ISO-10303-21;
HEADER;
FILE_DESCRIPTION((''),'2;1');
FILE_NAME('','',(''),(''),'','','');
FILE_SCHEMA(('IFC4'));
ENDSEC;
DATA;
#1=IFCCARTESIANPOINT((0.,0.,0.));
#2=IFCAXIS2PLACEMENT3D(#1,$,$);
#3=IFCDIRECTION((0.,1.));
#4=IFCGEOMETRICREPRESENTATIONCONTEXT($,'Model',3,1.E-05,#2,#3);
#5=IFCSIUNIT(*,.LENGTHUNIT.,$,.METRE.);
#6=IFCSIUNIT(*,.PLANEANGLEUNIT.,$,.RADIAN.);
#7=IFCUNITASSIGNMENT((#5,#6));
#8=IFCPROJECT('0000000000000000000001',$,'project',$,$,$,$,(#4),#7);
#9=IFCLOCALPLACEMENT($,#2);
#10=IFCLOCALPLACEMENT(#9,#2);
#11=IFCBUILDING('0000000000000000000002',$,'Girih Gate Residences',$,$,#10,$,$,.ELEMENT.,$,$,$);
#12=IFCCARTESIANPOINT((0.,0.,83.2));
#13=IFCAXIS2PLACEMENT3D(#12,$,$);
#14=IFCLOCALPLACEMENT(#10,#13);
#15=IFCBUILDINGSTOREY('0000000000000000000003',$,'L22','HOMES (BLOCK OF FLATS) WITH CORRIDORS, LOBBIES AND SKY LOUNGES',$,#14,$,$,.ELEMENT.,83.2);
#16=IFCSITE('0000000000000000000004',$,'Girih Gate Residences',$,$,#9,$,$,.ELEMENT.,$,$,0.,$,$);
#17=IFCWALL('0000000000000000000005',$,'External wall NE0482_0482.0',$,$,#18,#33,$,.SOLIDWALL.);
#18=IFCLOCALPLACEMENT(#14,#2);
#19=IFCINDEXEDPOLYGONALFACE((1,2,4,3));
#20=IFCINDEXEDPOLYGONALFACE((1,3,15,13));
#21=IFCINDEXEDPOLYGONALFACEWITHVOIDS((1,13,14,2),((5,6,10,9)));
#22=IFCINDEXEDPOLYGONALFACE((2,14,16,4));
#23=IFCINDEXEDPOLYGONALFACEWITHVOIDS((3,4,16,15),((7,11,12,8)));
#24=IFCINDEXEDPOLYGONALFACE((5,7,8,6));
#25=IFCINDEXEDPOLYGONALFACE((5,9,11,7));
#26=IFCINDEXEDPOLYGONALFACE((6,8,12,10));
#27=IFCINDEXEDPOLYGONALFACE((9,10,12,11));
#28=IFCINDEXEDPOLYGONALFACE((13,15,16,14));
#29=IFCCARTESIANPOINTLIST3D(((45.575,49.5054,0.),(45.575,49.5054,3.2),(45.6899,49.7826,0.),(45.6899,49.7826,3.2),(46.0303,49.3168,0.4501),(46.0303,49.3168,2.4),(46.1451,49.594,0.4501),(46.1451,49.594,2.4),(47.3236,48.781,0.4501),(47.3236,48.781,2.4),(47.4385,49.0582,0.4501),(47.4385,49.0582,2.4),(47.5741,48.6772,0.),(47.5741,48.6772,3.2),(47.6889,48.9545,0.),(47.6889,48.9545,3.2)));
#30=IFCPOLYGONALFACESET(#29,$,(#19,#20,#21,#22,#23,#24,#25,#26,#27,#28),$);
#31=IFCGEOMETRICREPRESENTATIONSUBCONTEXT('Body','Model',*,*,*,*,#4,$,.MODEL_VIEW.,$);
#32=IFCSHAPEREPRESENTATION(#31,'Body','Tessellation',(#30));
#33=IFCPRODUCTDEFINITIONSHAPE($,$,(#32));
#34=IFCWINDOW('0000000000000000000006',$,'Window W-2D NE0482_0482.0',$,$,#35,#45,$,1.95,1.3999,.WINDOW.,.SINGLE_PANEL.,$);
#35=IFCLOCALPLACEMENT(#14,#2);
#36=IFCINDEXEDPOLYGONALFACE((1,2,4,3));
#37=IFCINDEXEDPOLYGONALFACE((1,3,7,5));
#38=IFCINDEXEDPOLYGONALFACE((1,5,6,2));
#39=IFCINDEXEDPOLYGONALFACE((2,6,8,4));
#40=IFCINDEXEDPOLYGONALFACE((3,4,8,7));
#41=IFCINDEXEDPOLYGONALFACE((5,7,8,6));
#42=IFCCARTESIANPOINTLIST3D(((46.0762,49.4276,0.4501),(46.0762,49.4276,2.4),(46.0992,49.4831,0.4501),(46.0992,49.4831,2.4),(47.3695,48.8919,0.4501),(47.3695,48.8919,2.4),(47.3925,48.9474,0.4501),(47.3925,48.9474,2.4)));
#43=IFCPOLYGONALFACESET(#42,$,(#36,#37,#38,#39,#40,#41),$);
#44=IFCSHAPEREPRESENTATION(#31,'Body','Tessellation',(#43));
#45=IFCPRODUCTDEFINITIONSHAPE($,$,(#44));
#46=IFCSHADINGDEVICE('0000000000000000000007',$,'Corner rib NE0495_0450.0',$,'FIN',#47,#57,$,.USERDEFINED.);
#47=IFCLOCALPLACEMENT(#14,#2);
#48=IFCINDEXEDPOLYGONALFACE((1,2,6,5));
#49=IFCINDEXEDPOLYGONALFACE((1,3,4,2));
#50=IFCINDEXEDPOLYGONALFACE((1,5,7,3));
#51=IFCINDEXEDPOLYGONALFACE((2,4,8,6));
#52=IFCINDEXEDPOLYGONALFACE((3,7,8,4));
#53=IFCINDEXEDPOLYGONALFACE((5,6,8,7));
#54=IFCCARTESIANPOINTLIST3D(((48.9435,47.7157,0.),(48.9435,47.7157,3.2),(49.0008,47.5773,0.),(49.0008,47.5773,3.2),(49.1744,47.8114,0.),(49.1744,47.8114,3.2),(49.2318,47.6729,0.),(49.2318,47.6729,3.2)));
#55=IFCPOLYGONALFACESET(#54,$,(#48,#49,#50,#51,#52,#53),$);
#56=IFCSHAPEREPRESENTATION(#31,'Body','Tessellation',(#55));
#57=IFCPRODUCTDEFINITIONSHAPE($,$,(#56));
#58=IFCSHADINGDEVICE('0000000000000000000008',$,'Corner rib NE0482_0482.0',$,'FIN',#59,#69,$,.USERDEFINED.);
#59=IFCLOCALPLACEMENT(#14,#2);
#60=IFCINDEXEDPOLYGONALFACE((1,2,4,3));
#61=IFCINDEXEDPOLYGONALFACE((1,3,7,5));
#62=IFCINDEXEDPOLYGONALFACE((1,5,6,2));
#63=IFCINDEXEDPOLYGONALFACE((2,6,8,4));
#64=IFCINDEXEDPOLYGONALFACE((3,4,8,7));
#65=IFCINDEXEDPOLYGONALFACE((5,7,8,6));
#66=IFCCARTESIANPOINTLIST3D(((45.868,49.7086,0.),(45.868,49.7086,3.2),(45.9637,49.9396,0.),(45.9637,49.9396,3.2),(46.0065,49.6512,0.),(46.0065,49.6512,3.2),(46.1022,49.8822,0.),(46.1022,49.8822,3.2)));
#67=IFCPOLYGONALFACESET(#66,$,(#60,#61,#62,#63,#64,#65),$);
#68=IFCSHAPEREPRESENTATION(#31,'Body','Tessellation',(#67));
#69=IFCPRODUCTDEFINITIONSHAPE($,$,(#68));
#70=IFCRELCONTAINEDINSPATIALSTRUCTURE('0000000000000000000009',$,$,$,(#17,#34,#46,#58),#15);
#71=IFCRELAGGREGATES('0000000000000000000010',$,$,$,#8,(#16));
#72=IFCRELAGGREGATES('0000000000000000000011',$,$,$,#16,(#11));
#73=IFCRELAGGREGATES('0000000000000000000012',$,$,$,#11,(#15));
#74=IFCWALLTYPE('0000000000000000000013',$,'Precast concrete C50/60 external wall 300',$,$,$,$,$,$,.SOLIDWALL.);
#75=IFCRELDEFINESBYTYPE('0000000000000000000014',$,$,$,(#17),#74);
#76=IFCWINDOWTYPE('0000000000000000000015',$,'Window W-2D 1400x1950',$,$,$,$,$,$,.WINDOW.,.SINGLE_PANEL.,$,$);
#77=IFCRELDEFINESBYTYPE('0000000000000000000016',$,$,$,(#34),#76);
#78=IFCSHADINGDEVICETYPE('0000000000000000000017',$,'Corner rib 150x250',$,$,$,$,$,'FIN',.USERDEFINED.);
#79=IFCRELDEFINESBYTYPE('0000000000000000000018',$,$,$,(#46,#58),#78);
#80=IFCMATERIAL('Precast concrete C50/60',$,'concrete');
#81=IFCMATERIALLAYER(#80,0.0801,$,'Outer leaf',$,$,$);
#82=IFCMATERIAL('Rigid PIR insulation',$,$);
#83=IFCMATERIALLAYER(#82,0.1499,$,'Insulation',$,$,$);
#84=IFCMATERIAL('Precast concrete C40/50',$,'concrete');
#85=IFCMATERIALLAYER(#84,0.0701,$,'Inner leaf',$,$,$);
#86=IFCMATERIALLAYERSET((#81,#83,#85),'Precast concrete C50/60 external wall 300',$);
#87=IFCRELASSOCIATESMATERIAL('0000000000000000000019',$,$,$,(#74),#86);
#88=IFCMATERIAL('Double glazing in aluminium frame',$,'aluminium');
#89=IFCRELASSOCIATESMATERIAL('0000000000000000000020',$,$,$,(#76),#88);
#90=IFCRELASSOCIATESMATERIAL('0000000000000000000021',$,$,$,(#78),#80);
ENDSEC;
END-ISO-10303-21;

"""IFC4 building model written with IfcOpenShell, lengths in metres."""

from ifc_helpers import new_model, si_unit, direction, frame, frame_2d, origin, origin_2d, place, context, subcontext, project, spatial, rectangle, extrude, material, layer, layer_set, type_object, element, fill, save


model = new_model("IFC4")

# Units and contexts
model_context = context("Model", 3, precision=1e-05, world=origin(), true_north=direction((0.0, 1.0)))
body_context = subcontext(model_context, "Body", "Model", "MODEL_VIEW")
ifc_project = project(units=[si_unit("LENGTHUNIT", "METRE"), si_unit("PLANEANGLEUNIT", "RADIAN")], contexts=[model_context])

# Site, building, storey
site_placement = place(None, origin())
site = spatial("IfcSite", under=ifc_project, at=site_placement, Name="Girih Gate Residences", CompositionType="ELEMENT", RefElevation=0.0)
building_placement = place(site_placement, origin())
building = spatial("IfcBuilding", under=site, at=building_placement, Name="Girih Gate Residences", CompositionType="ELEMENT")
storey_placement = place(building_placement, frame((0.0, 0.0, 83.2)))
storey = spatial("IfcBuildingStorey", under=building, at=storey_placement, Name="L22", Description="HOMES (BLOCK OF FLATS) WITH CORRIDORS, LOBBIES AND SKY LOUNGES", CompositionType="ELEMENT", Elevation=83.2)

# Wall, opening, window
ifc_material_1 = material(Name="Precast concrete C50/60", Category="concrete")
ifc_layer_1 = layer(ifc_material_1, 0.0801, Name="Outer leaf")
ifc_material_2 = material(Name="Rigid PIR insulation")
ifc_layer_2 = layer(ifc_material_2, 0.1499, Name="Insulation")
ifc_material_3 = material(Name="Precast concrete C40/50", Category="concrete")
ifc_layer_3 = layer(ifc_material_3, 0.0701, Name="Inner leaf")
ifc_layer_set_1 = layer_set([ifc_layer_1, ifc_layer_2, ifc_layer_3], Name="Precast concrete C50/60 external wall 300")
wall_type_1 = type_object("IfcWallType", Name="Precast concrete C50/60 external wall 300", PredefinedType="SOLIDWALL", material=ifc_layer_set_1)
ifc_material_4 = material(Name="Double glazing in aluminium frame", Category="aluminium")
window_type_1 = type_object("IfcWindowType", Name="Window W-2D 1400x1950", PartitioningType="SINGLE_PANEL", PredefinedType="WINDOW", material=ifc_material_4)
wall_1_placement = place(storey_placement, frame((45.6323, 49.644, 0.0), z_axis=(0.0, 0.0, 1.0), x_axis=(0.923863, -0.382724, 0.0)))
wall_1 = element("IfcWall", 1, at=wall_1_placement, inside=storey, type_object=wall_type_1, Name="External wall NE0482_0482.0", PredefinedType="SOLIDWALL", context=body_context, shape_type="SweptSolid", body=[
    extrude(rectangle(XDim=2.1638, YDim=0.3, at=frame_2d((1.082, 0.0))), origin(), (0.0, 0.0, 1.0), 3.2),
])
opening_1_placement = place(wall_1_placement, frame((0.4929, 0.0, 0.45)))
opening_1 = element("IfcOpeningElement", 2, at=opening_1_placement, cuts=wall_1, PredefinedType="OPENING", context=body_context, shape_type="SweptSolid", body=[
    extrude(rectangle(XDim=1.3999, YDim=1.95, at=frame_2d((0.7, 0.9751))), frame((0.0, 0.1599, 0.0), z_axis=(0.0, -1.0, 0.0), x_axis=(1.0, 0.0, 0.0)), (0.0, 0.0, 1.0), 0.3201),
])
window_1_placement = place(opening_1_placement, origin())
window_1 = element("IfcWindow", 3, at=window_1_placement, inside=storey, type_object=window_type_1, Name="Window W-2D NE0482_0482.0", OverallHeight=1.95, OverallWidth=1.3999, PartitioningType="SINGLE_PANEL", PredefinedType="WINDOW", context=body_context, shape_type="SweptSolid", body=[
    extrude(rectangle(XDim=1.3999, YDim=1.95, at=frame_2d((0.7, 0.9751))), frame((0.0, 0.03, 0.0), z_axis=(0.0, -1.0, 0.0), x_axis=(1.0, 0.0, 0.0)), (0.0, 0.0, 1.0), 0.0601),
])
fill(opening_1, window_1)

# Shading devices
shading_device_type = type_object("IfcShadingDeviceType", Name="Corner rib 150x250", ElementType="FIN", PredefinedType="USERDEFINED", material=ifc_material_1)
for number, where, z_axis, x_axis, name in (
    (4, (49.0876, 47.6943, 0.0), (0.0, 0.0, 1.0), (-0.382683, 0.92388, 0.0), "Corner rib NE0495_0450.0"),
    (5, (45.9851, 49.7954, 0.0), (0.0, 0.0, 1.0), (-0.92388, 0.382683, 0.0), "Corner rib NE0482_0482.0"),
):
    element("IfcShadingDevice", number, at=place(storey_placement, frame(where, z_axis=z_axis, x_axis=x_axis)), inside=storey, type_object=shading_device_type, Name=name, ObjectType="FIN", PredefinedType="USERDEFINED", context=body_context, shape_type="SweptSolid", body=[
        extrude(rectangle(XDim=0.1499, YDim=0.25, at=origin_2d()), origin(), (0.0, 0.0, 1.0), 3.2),
    ])

save(model, "model.ifc")
